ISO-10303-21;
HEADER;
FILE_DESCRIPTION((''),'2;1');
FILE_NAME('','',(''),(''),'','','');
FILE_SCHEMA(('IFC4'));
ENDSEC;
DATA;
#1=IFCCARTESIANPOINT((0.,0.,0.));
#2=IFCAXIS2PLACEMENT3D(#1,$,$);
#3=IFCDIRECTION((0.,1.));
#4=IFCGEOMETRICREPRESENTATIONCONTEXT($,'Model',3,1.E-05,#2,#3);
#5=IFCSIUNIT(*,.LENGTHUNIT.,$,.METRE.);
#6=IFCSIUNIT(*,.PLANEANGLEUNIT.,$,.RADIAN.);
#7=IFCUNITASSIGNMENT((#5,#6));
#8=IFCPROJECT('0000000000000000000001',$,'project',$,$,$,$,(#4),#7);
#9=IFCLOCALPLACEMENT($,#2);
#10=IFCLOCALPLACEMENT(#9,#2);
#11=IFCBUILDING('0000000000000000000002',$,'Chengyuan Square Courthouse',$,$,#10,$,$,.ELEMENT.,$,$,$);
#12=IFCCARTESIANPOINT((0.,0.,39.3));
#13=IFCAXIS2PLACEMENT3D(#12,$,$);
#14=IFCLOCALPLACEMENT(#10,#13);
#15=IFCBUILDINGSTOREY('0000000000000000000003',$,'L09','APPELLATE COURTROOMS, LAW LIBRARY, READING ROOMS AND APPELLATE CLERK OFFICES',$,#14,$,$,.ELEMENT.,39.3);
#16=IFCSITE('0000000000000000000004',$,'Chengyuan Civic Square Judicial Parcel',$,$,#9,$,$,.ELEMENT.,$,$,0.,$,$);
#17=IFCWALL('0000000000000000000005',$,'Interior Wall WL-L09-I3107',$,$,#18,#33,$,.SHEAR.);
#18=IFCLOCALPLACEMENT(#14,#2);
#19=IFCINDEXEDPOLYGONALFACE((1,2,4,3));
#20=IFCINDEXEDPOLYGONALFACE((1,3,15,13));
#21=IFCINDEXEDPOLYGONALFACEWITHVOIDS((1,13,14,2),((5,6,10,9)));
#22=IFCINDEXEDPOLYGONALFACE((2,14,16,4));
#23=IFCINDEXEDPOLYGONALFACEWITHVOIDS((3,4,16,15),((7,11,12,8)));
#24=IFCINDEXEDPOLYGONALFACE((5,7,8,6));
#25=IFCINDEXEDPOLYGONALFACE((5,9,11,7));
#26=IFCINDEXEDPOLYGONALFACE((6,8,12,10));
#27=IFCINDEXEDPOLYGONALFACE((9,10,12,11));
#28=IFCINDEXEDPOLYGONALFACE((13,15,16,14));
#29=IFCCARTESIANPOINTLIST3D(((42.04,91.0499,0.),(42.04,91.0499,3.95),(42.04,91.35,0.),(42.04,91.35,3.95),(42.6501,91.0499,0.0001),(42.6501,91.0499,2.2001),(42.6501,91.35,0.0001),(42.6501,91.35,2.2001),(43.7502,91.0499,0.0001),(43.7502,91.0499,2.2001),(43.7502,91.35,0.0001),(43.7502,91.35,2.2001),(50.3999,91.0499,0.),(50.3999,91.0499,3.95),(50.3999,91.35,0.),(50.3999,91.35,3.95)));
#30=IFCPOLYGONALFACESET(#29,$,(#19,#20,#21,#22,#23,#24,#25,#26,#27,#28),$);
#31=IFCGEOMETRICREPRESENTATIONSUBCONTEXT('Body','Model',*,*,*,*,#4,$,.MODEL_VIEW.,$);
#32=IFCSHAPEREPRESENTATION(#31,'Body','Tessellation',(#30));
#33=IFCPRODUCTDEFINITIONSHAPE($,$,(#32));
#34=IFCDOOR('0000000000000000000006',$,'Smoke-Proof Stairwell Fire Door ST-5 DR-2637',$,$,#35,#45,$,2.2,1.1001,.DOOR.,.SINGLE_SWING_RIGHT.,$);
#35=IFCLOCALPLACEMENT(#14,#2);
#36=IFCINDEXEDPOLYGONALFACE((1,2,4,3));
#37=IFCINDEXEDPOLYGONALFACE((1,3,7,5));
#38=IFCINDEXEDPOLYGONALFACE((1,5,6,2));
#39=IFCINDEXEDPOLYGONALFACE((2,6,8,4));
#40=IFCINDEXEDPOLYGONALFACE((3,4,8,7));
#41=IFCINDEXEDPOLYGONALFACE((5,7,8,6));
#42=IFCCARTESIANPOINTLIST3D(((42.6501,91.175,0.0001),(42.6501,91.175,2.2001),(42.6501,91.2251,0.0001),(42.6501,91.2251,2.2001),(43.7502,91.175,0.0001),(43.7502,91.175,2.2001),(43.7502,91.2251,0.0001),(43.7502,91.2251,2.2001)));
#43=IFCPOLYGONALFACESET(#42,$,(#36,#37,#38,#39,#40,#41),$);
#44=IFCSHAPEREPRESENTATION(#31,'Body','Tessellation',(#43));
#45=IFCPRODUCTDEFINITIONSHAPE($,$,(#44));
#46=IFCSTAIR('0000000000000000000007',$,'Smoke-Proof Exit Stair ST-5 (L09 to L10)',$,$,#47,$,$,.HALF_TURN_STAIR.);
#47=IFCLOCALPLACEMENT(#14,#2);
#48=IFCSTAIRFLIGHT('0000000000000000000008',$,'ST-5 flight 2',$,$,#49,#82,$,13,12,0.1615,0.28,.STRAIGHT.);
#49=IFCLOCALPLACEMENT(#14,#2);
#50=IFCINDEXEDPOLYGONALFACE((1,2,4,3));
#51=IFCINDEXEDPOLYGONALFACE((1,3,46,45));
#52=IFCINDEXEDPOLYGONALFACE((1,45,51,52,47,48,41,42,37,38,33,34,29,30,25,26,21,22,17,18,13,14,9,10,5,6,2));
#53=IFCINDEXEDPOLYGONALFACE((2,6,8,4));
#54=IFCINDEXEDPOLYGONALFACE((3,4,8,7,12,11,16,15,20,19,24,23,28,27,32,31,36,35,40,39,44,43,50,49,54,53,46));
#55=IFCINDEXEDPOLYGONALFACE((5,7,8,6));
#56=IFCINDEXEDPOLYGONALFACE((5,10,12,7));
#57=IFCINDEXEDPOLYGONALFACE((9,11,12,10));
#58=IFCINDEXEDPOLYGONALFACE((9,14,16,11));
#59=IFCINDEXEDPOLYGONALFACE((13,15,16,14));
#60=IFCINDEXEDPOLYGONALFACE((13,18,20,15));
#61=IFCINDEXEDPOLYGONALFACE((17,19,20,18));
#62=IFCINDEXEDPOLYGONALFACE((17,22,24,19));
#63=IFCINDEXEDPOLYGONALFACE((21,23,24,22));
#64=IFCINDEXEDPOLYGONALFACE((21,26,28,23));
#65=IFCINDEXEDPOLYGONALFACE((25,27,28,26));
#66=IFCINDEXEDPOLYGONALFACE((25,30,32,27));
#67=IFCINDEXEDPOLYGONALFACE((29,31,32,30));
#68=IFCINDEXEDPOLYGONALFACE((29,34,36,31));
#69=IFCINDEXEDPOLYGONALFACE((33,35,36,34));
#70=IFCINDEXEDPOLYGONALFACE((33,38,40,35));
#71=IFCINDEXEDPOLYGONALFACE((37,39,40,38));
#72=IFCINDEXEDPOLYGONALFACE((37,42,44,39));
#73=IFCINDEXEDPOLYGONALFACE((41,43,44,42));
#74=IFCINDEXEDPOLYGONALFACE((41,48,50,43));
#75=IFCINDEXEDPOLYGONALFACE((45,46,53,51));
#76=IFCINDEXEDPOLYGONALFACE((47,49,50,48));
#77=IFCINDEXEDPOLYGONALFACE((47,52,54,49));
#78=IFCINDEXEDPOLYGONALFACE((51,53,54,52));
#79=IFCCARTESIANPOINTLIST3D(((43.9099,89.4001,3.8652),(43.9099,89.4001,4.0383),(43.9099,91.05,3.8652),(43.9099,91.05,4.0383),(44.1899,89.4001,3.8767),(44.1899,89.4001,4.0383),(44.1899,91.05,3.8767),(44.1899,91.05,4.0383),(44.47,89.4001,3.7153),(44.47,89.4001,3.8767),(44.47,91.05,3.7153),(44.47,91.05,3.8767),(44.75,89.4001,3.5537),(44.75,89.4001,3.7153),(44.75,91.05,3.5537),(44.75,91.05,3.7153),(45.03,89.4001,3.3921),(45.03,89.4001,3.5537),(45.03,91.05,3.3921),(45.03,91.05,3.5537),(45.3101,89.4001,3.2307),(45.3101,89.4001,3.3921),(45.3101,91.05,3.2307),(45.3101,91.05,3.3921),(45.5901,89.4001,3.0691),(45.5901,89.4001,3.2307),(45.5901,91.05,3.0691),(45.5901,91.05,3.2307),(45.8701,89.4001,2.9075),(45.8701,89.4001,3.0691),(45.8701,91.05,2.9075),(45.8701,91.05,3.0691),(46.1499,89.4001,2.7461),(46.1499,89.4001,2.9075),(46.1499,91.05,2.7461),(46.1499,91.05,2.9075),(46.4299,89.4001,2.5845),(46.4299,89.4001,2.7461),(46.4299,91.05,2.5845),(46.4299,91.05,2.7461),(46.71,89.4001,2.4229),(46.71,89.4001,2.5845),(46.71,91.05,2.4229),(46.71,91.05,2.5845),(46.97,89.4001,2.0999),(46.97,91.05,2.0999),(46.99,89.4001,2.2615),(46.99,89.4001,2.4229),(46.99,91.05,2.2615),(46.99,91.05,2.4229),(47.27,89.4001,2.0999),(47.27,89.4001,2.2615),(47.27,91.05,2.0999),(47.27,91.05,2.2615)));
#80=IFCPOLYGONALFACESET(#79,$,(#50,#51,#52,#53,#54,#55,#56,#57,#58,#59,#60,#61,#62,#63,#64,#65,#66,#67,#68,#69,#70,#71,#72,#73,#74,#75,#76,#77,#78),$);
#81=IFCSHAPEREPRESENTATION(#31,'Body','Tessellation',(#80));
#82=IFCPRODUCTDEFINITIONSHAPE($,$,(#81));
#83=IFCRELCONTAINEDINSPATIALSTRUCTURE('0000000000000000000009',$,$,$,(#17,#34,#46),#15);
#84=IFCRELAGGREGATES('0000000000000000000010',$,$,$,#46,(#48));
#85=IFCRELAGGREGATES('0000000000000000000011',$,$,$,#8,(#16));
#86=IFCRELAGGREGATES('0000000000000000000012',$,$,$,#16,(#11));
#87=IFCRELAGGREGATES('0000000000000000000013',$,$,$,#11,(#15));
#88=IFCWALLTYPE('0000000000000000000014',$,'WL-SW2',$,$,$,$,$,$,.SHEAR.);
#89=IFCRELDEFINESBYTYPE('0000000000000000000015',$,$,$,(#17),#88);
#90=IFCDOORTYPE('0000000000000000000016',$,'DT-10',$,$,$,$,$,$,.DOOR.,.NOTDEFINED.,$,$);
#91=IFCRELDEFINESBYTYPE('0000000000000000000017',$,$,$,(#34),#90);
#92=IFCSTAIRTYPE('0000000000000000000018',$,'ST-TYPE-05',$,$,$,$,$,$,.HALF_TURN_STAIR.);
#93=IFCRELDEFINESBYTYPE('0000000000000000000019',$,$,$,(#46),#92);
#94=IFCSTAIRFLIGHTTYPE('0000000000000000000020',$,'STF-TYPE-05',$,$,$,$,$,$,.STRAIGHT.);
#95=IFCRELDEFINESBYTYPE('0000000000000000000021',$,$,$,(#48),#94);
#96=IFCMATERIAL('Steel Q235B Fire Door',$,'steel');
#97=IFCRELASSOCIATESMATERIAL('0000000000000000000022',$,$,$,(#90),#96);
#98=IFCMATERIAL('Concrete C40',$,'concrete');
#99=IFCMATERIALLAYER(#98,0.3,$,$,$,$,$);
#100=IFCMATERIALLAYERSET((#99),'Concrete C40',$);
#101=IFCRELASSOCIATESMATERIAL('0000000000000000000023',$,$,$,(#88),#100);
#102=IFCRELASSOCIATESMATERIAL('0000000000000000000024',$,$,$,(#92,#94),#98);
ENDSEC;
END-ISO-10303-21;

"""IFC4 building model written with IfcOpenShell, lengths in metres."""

from ifc_helpers import new_model, si_unit, direction, frame, frame_2d, origin, place, context, subcontext, project, spatial, polyline, rectangle, outline, extrude, material, layer, layer_set, type_object, element, fill, aggregate, save


model = new_model("IFC4")

# Units and contexts
model_context = context("Model", 3, precision=1e-05, world=origin(), true_north=direction((0.0, 1.0)))
body_context = subcontext(model_context, "Body", "Model", "MODEL_VIEW")
ifc_project = project(units=[si_unit("LENGTHUNIT", "METRE"), si_unit("PLANEANGLEUNIT", "RADIAN")], contexts=[model_context])

# Site, building, storey
site_placement = place(None, origin())
site = spatial("IfcSite", under=ifc_project, at=site_placement, Name="Chengyuan Civic Square Judicial Parcel", CompositionType="ELEMENT", RefElevation=0.0)
building_placement = place(site_placement, origin())
building = spatial("IfcBuilding", under=site, at=building_placement, Name="Chengyuan Square Courthouse", CompositionType="ELEMENT")
storey_placement = place(building_placement, frame((0.0, 0.0, 39.3)))
storey = spatial("IfcBuildingStorey", under=building, at=storey_placement, Name="L09", Description="APPELLATE COURTROOMS, LAW LIBRARY, READING ROOMS AND APPELLATE CLERK OFFICES", CompositionType="ELEMENT", Elevation=39.3)

# Shared definitions
ifc_material_1 = material(Name="Concrete C40", Category="concrete")

# Shared definitions
ifc_material_2 = material(Name="Steel Q235B Fire Door", Category="steel")
door_type_1 = type_object("IfcDoorType", Name="DT-10", OperationType="NOTDEFINED", PredefinedType="DOOR", material=ifc_material_2)

# Wall, opening, door
ifc_layer_1 = layer(ifc_material_1, 0.3)
ifc_layer_set_1 = layer_set([ifc_layer_1], Name="Concrete C40")
wall_type_1 = type_object("IfcWallType", Name="WL-SW2", PredefinedType="SHEAR", material=ifc_layer_set_1)
wall_1_placement = place(storey_placement, frame((42.04, 91.2, 0.0), z_axis=(0.0, 0.0, 1.0), x_axis=(1.0, 0.0, 0.0)))
wall_1 = element("IfcWall", 1, at=wall_1_placement, inside=storey, type_object=wall_type_1, Name="Interior Wall WL-L09-I3107", PredefinedType="SHEAR", context=body_context, shape_type="SweptSolid", body=[
    extrude(rectangle(XDim=8.3599, YDim=0.3, at=frame_2d((4.1799, 0.0))), origin(), (0.0, 0.0, 1.0), 3.95),
])
opening_1_placement = place(wall_1_placement, frame((0.6101, 0.0, 0.0)))
opening_1 = element("IfcOpeningElement", 2, at=opening_1_placement, cuts=wall_1, PredefinedType="OPENING", context=body_context, shape_type="SweptSolid", body=[
    extrude(rectangle(XDim=1.1001, YDim=2.2, at=frame_2d((0.55, 1.1001))), frame((0.0, 0.1621, 0.0), z_axis=(0.0, -1.0, 0.0), x_axis=(1.0, 0.0, 0.0)), (0.0, 0.0, 1.0), 0.324),
])
door_1_placement = place(opening_1_placement, frame((1.1001, 0.0, 0.0), z_axis=(0.0, 0.0, 1.0), x_axis=(-1.0, 0.0, 0.0)))
door_1 = element("IfcDoor", 3, at=door_1_placement, inside=storey, type_object=door_type_1, Name="Smoke-Proof Stairwell Fire Door ST-5 DR-2637", OperationType="SINGLE_SWING_RIGHT", OverallHeight=2.2, OverallWidth=1.1001, PredefinedType="DOOR", context=body_context, shape_type="SweptSolid", body=[
    extrude(rectangle(XDim=1.1001, YDim=2.2, at=frame_2d((0.55, 1.1001))), frame((0.0, 0.0249, 0.0), z_axis=(0.0, -1.0, 0.0), x_axis=(1.0, 0.0, 0.0)), (0.0, 0.0, 1.0), 0.05),
])
fill(opening_1, door_1)

# Stair, stair flight
stair_type = type_object("IfcStairType", Name="ST-TYPE-05", PredefinedType="HALF_TURN_STAIR", material=ifc_material_1)
stair_placement = place(storey_placement, origin())
stair = element("IfcStair", 4, at=stair_placement, inside=storey, type_object=stair_type, Name="Smoke-Proof Exit Stair ST-5 (L09 to L10)", PredefinedType="HALF_TURN_STAIR")
stair_flight_type = type_object("IfcStairFlightType", Name="STF-TYPE-05", PredefinedType="STRAIGHT", material=ifc_material_1)
stair_flight_placement = place(storey_placement, frame((47.27, 90.2251, 2.0999), z_axis=(0.0, 0.0, 1.0), x_axis=(-1.0, 0.0, 0.0)))
stair_flight = element("IfcStairFlight", 5, at=stair_flight_placement, type_object=stair_flight_type, Name="ST-5 flight 2", NumberOfRisers=13, NumberOfTreads=12, PredefinedType="STRAIGHT", RiserHeight=0.1615, TreadLength=0.28, context=body_context, shape_type="SweptSolid", body=[
    extrude(outline(polyline([(0.0, 0.0), (0.0, 0.1616), (0.28, 0.1616), (0.28, 0.323), (0.5601, 0.323), (0.5601, 0.4846), (0.8401, 0.4846), (0.8401, 0.6462), (1.1201, 0.6462), (1.1201, 0.8076), (1.3999, 0.8076), (1.3999, 0.9692), (1.6799, 0.9692), (1.6799, 1.1309), (1.96, 1.1309), (1.96, 1.2922), (2.24, 1.2922), (2.24, 1.4539), (2.52, 1.4539), (2.52, 1.6155), (2.8, 1.6155), (2.8, 1.7769), (3.0801, 1.7769), (3.0801, 1.9385), (3.3601, 1.9385), (3.3601, 2.1001), (3.3601, 1.7654), (0.3, 0.0), (0.0, 0.0)])), frame((0.0, 0.825, 0.0), z_axis=(0.0, -1.0, 0.0), x_axis=(1.0, 0.0, 0.0)), (0.0, 0.0, 1.0), 1.6499),
])
aggregate(stair, [stair_flight])

save(model, "model.ifc")
